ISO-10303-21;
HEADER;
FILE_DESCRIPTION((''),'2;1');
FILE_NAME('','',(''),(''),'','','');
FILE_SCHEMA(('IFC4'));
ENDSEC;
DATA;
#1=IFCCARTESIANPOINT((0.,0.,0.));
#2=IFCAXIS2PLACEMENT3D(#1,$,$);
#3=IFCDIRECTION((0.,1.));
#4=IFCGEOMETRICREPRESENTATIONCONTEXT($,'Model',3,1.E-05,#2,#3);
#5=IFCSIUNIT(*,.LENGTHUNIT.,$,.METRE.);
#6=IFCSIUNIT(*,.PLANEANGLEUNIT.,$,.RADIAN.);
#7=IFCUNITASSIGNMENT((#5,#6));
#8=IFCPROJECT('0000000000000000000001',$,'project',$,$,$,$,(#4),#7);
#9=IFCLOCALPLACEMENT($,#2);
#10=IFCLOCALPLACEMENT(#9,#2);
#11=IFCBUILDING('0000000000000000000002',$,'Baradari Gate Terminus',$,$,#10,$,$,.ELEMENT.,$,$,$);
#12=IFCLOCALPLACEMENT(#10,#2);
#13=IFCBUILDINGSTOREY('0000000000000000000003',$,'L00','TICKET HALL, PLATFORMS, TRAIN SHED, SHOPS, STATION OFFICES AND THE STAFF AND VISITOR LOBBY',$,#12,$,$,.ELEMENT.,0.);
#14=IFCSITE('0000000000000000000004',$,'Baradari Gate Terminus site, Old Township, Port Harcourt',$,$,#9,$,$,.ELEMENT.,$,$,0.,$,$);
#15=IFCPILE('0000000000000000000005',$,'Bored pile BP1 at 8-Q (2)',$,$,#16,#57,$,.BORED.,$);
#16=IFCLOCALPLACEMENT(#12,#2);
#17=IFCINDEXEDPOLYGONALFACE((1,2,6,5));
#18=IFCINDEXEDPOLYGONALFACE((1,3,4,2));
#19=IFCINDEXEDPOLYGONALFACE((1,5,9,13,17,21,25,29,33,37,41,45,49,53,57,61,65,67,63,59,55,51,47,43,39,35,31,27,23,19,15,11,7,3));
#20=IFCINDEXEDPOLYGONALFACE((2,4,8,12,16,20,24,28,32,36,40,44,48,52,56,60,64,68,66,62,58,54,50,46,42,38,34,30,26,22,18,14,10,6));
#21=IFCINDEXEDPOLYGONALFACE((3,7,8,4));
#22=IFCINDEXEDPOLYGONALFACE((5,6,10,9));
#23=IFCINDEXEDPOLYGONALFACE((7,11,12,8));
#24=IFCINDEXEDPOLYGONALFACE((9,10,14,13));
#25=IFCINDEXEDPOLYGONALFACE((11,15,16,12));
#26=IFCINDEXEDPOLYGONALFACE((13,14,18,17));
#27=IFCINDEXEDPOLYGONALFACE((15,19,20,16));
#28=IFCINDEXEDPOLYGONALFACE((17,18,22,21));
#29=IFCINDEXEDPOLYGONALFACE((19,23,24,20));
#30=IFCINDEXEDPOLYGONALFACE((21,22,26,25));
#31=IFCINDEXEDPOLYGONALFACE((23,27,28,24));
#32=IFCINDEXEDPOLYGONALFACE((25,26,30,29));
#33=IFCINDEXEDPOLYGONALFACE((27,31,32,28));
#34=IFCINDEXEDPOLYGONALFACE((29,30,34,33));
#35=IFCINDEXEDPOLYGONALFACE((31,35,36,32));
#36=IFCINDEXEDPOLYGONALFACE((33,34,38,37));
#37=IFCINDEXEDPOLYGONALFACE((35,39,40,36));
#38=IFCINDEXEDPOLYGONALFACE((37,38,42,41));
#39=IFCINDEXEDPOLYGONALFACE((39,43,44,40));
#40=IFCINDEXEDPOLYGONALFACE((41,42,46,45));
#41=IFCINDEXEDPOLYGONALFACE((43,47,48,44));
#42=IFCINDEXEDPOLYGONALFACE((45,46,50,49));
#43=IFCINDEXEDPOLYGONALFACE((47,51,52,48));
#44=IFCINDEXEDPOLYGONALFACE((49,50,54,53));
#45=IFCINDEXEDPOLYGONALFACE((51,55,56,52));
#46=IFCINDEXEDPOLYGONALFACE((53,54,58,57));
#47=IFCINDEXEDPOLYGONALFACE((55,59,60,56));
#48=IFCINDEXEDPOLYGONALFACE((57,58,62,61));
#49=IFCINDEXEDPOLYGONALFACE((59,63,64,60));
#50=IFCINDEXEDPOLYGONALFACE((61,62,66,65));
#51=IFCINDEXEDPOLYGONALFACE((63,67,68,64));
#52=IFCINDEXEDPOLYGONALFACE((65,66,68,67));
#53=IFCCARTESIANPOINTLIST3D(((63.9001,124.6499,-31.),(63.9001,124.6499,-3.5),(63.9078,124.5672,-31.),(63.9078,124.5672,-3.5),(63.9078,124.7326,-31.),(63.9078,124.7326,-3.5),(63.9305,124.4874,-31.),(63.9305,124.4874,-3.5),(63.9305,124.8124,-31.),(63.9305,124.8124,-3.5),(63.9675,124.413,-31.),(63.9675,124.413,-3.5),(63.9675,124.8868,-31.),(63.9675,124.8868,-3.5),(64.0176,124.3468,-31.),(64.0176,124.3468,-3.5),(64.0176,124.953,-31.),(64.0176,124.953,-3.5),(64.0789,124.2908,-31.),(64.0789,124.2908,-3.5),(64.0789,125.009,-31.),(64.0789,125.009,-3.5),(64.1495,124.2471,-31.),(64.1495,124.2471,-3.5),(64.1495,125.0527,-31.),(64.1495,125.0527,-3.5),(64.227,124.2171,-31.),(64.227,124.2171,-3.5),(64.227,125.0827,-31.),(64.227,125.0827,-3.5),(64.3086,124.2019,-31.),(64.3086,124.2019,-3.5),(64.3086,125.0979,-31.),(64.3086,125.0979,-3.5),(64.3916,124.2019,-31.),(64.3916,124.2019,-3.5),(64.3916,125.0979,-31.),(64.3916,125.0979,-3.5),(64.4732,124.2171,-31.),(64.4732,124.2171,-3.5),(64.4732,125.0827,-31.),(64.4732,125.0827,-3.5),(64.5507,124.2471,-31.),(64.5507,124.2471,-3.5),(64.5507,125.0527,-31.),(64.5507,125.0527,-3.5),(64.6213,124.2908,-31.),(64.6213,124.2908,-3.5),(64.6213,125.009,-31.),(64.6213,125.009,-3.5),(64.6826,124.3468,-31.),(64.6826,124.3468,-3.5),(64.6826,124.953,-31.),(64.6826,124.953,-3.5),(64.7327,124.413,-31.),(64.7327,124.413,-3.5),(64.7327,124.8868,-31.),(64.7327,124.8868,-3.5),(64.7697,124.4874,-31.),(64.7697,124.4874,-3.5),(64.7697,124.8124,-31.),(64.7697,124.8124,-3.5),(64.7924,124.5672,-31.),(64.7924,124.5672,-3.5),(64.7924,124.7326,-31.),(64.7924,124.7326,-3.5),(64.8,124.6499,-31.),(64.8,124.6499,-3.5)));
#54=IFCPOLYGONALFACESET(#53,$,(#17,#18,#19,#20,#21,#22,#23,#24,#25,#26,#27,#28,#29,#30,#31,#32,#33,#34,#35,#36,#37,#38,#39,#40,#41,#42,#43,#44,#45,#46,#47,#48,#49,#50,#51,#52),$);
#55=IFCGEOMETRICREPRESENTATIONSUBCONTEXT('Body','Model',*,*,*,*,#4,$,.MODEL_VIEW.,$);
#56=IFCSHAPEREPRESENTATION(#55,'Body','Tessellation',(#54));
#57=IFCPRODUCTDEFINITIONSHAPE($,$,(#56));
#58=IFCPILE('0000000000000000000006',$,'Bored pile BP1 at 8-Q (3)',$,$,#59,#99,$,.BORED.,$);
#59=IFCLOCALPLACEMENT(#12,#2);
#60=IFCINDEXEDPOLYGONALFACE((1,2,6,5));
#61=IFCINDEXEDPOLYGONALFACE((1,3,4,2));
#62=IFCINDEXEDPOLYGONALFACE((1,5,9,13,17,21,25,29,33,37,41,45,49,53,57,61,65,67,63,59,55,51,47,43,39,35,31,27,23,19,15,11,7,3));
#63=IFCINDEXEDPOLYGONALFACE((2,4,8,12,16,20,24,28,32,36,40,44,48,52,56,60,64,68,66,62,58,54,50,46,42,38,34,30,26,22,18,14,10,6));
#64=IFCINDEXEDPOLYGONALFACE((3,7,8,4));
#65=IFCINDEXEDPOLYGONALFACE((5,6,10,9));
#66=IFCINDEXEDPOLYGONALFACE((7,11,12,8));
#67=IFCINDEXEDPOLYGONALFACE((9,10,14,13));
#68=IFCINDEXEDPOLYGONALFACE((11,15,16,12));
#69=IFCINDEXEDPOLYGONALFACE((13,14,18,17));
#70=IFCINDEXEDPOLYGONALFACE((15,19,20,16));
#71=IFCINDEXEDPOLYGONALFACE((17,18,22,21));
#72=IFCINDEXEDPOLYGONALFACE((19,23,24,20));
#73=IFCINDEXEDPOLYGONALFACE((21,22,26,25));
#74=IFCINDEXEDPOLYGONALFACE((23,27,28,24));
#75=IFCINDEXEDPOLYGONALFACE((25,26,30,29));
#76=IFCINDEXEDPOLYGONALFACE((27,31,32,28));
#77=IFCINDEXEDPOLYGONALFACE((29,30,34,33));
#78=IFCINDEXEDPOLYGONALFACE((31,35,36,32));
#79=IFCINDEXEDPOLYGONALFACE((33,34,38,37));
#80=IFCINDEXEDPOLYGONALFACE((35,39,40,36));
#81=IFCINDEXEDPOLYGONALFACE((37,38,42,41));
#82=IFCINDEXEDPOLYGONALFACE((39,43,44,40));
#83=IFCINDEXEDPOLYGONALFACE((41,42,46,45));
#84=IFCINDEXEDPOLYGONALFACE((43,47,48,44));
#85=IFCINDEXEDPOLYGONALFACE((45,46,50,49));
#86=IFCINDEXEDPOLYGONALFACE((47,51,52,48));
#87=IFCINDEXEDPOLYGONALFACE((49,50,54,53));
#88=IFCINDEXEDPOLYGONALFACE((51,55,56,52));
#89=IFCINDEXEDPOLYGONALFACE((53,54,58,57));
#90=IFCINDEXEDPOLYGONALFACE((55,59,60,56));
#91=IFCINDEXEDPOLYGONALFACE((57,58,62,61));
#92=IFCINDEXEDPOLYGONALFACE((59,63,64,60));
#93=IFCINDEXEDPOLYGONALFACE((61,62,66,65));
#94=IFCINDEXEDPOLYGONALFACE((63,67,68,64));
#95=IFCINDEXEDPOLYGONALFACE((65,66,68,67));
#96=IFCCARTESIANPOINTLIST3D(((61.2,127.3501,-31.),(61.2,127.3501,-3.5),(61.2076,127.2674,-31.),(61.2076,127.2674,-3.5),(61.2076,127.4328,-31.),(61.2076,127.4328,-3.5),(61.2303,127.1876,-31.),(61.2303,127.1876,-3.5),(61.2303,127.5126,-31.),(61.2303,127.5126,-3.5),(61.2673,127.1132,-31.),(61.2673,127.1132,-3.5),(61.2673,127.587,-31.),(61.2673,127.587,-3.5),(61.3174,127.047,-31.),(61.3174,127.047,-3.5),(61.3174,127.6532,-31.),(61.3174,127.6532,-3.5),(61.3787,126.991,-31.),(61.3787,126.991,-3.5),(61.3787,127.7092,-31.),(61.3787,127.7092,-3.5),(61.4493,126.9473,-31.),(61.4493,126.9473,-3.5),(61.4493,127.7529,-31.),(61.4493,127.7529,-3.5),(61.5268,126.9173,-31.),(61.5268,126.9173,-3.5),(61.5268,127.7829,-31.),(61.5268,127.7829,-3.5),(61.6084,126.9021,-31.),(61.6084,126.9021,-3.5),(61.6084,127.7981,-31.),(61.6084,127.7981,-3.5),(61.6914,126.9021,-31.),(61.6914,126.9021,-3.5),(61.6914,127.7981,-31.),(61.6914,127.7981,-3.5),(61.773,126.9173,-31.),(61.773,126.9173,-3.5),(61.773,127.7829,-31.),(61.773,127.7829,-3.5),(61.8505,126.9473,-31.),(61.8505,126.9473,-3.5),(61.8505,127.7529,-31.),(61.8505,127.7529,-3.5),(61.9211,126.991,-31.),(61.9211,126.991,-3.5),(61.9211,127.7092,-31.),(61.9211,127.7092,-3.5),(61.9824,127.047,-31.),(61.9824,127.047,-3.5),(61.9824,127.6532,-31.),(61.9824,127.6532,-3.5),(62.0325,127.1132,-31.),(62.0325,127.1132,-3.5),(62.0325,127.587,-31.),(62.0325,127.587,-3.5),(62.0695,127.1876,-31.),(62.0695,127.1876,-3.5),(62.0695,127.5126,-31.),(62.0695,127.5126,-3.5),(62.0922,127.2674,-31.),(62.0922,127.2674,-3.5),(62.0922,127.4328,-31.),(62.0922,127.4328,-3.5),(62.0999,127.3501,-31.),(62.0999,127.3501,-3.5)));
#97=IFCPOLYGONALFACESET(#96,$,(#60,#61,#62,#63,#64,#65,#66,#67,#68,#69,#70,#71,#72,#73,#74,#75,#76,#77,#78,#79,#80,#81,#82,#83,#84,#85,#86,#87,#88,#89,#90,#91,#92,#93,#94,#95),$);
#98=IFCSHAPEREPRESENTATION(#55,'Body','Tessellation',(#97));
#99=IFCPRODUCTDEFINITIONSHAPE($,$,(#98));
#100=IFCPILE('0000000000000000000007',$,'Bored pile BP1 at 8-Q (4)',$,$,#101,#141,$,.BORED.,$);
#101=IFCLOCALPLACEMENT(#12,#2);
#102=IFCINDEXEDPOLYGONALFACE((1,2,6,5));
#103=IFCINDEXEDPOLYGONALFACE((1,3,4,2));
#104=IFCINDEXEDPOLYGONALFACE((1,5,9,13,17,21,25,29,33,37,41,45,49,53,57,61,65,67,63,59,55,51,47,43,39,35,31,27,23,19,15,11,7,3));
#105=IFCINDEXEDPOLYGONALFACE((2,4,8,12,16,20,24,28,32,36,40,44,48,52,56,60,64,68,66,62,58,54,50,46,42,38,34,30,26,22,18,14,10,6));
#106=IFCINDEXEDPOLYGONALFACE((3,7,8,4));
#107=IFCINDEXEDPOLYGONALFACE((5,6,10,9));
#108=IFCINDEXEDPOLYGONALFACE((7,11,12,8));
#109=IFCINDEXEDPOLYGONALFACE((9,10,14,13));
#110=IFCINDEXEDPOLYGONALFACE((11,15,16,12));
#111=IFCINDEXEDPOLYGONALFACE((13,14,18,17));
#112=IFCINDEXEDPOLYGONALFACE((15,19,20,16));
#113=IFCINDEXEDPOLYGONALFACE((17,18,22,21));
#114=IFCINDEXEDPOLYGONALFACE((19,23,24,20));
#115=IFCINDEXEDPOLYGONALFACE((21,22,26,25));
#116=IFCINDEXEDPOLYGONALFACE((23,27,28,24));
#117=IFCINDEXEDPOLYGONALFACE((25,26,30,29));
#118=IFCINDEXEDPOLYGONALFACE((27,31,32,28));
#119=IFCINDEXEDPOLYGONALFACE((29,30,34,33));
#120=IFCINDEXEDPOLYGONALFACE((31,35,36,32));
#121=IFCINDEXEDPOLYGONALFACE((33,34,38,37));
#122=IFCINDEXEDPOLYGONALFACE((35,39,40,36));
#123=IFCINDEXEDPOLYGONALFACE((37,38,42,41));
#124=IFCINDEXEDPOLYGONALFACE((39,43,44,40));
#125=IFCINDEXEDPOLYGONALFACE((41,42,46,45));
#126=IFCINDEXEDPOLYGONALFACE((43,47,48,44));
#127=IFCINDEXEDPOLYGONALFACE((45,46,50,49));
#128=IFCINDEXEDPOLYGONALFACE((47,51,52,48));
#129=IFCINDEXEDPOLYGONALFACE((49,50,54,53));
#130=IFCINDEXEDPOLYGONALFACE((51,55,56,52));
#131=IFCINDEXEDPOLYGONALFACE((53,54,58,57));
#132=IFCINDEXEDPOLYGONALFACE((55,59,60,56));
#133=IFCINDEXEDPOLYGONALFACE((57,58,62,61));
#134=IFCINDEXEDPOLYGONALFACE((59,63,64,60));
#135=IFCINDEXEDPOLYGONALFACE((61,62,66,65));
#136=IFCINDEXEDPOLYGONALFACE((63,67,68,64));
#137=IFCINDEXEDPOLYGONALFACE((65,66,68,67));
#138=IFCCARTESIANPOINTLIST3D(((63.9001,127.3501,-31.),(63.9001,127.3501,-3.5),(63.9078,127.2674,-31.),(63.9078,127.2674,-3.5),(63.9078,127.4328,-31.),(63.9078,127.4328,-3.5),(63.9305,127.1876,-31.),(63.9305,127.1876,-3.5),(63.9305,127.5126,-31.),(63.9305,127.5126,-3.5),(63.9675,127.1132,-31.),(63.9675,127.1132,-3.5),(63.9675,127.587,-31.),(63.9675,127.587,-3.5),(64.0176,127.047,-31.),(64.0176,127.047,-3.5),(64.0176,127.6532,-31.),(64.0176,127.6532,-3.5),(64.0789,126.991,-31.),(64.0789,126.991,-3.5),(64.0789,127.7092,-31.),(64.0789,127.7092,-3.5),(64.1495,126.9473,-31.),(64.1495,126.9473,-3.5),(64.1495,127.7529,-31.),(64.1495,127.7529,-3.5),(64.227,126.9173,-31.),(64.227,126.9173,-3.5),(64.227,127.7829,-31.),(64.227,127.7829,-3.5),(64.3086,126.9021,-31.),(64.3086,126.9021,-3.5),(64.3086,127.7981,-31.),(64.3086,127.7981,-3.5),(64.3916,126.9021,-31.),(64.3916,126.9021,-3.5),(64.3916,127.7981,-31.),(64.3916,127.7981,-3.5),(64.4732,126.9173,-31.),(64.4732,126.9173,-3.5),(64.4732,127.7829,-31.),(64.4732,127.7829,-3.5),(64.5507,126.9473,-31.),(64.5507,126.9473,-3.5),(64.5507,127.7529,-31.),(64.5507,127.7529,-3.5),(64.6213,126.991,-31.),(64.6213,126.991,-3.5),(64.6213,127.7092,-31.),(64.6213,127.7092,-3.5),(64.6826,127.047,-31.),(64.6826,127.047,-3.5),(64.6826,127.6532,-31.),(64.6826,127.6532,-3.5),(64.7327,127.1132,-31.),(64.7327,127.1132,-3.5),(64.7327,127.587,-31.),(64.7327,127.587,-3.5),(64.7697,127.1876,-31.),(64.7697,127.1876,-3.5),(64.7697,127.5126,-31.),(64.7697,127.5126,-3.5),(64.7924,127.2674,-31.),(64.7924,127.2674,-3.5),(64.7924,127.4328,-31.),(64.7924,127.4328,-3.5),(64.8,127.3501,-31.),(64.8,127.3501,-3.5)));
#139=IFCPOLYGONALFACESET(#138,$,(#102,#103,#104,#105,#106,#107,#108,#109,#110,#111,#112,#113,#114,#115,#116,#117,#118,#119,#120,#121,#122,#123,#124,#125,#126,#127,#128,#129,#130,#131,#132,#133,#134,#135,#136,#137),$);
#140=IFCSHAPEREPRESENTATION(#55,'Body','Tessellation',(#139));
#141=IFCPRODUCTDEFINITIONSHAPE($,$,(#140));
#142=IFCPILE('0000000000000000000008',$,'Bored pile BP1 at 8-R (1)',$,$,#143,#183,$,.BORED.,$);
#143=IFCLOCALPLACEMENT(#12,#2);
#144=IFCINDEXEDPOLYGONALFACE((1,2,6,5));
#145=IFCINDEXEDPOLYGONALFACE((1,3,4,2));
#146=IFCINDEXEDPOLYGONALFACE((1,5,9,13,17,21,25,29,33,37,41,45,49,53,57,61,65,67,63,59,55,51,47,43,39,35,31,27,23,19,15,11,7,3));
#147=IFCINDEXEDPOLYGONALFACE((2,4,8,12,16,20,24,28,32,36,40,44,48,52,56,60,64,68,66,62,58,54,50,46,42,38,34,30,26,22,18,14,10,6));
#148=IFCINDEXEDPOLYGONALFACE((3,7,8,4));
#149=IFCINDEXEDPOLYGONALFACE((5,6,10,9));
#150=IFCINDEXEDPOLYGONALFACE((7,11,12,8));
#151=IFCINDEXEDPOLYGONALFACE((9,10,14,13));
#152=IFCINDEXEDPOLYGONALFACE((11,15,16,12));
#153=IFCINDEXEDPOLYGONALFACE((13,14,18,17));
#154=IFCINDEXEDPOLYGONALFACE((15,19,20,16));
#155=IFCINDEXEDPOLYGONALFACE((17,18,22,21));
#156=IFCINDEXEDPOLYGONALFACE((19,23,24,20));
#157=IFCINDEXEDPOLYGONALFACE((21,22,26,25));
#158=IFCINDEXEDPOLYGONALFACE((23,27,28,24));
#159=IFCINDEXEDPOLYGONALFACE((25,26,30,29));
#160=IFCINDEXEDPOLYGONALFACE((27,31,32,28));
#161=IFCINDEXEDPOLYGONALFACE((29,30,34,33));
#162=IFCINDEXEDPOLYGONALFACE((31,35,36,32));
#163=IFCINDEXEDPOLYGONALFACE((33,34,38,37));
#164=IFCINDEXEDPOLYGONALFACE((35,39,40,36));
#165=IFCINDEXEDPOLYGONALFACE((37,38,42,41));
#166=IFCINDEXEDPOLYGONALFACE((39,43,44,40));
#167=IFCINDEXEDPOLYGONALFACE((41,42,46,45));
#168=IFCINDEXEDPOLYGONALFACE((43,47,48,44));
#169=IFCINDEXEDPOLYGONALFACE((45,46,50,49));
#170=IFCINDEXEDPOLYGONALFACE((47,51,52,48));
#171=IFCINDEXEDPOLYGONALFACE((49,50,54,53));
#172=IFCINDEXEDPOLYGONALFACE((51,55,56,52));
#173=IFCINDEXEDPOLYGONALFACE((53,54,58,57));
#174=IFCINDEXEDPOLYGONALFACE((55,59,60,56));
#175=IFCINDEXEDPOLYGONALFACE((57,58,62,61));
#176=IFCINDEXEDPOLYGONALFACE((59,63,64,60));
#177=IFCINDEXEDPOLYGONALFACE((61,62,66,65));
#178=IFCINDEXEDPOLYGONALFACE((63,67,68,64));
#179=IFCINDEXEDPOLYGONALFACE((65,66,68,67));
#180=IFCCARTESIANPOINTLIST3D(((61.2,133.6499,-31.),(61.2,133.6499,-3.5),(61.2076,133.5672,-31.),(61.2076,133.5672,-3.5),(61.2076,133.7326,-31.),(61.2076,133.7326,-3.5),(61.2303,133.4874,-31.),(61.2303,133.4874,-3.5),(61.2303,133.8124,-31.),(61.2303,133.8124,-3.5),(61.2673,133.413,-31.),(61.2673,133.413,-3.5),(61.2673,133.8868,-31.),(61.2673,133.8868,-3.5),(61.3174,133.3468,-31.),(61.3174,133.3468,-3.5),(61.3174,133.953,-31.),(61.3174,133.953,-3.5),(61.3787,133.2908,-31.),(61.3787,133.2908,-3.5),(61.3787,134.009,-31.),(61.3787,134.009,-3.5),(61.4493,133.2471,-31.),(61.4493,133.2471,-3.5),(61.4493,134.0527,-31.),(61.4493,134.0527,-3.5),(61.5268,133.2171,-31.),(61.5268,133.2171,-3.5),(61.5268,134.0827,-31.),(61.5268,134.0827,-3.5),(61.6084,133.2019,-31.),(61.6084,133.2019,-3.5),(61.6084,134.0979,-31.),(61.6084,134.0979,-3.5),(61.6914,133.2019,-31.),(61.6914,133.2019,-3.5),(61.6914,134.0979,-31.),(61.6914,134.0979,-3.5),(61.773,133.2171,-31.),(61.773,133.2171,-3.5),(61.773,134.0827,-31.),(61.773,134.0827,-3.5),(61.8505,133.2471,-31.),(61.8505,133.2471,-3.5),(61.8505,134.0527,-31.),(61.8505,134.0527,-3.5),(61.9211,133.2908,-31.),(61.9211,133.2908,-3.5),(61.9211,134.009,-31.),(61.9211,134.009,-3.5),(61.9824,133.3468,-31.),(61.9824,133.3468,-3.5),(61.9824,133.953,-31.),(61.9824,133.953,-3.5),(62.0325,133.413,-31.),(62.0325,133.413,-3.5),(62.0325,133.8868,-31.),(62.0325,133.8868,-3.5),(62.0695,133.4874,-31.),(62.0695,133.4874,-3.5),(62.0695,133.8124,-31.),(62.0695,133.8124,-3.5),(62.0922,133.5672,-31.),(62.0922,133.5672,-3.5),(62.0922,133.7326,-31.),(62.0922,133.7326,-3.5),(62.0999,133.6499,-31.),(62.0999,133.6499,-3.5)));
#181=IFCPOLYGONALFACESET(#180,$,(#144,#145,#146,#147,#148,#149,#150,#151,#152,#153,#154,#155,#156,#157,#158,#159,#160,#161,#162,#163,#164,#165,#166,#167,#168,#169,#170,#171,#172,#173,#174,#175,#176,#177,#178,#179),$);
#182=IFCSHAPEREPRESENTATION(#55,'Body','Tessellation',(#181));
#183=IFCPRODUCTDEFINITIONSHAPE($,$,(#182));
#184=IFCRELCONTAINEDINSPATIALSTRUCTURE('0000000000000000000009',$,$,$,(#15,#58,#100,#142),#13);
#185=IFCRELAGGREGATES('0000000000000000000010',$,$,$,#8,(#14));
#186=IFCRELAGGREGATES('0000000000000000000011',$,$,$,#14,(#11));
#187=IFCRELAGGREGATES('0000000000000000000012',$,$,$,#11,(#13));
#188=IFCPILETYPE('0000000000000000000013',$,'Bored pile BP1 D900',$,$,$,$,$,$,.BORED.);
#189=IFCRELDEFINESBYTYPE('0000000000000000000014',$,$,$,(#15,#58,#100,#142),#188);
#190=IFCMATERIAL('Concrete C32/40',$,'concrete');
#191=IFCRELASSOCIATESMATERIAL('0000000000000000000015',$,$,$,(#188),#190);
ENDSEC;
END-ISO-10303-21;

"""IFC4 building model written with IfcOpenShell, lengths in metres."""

from ifc_helpers import new_model, si_unit, direction, frame, origin, origin_2d, place, context, subcontext, project, spatial, circle, extrude, material, type_object, element, save


model = new_model("IFC4")

# Units and contexts
model_context = context("Model", 3, precision=1e-05, world=origin(), true_north=direction((0.0, 1.0)))
body_context = subcontext(model_context, "Body", "Model", "MODEL_VIEW")
ifc_project = project(units=[si_unit("LENGTHUNIT", "METRE"), si_unit("PLANEANGLEUNIT", "RADIAN")], contexts=[model_context])

# Site, building, storey
site_placement = place(None, origin())
site = spatial("IfcSite", under=ifc_project, at=site_placement, Name="Baradari Gate Terminus site, Old Township, Port Harcourt", CompositionType="ELEMENT", RefElevation=0.0)
building_placement = place(site_placement, origin())
building = spatial("IfcBuilding", under=site, at=building_placement, Name="Baradari Gate Terminus", CompositionType="ELEMENT")
storey_placement = place(building_placement, origin())
storey = spatial("IfcBuildingStorey", under=building, at=storey_placement, Name="L00", Description="TICKET HALL, PLATFORMS, TRAIN SHED, SHOPS, STATION OFFICES AND THE STAFF AND VISITOR LOBBY", CompositionType="ELEMENT", Elevation=0.0)

# Piles
ifc_material_1 = material(Name="Concrete C32/40", Category="concrete")
pile_type_1 = type_object("IfcPileType", Name="Bored pile BP1 D900", PredefinedType="BORED", material=ifc_material_1)
for number, where, z_axis, x_axis, name in (
    (1, (64.3501, 124.6499, -3.5), (0.0, 0.0, -1.0), (1.0, 0.0, 0.0), "Bored pile BP1 at 8-Q (2)"),
    (2, (61.6499, 127.3501, -3.5), (0.0, 0.0, -1.0), (1.0, 0.0, 0.0), "Bored pile BP1 at 8-Q (3)"),
    (3, (64.3501, 127.3501, -3.5), (0.0, 0.0, -1.0), (1.0, 0.0, 0.0), "Bored pile BP1 at 8-Q (4)"),
    (4, (61.6499, 133.6499, -3.5), (0.0, 0.0, -1.0), (1.0, 0.0, 0.0), "Bored pile BP1 at 8-R (1)"),
):
    element("IfcPile", number, at=place(storey_placement, frame(where, z_axis=z_axis, x_axis=x_axis)), inside=storey, type_object=pile_type_1, Name=name, PredefinedType="BORED", context=body_context, shape_type="SweptSolid", body=[
        extrude(circle(Radius=0.45, at=origin_2d()), origin(), (0.0, 0.0, 1.0), 27.5),
    ])

save(model, "model.ifc")
